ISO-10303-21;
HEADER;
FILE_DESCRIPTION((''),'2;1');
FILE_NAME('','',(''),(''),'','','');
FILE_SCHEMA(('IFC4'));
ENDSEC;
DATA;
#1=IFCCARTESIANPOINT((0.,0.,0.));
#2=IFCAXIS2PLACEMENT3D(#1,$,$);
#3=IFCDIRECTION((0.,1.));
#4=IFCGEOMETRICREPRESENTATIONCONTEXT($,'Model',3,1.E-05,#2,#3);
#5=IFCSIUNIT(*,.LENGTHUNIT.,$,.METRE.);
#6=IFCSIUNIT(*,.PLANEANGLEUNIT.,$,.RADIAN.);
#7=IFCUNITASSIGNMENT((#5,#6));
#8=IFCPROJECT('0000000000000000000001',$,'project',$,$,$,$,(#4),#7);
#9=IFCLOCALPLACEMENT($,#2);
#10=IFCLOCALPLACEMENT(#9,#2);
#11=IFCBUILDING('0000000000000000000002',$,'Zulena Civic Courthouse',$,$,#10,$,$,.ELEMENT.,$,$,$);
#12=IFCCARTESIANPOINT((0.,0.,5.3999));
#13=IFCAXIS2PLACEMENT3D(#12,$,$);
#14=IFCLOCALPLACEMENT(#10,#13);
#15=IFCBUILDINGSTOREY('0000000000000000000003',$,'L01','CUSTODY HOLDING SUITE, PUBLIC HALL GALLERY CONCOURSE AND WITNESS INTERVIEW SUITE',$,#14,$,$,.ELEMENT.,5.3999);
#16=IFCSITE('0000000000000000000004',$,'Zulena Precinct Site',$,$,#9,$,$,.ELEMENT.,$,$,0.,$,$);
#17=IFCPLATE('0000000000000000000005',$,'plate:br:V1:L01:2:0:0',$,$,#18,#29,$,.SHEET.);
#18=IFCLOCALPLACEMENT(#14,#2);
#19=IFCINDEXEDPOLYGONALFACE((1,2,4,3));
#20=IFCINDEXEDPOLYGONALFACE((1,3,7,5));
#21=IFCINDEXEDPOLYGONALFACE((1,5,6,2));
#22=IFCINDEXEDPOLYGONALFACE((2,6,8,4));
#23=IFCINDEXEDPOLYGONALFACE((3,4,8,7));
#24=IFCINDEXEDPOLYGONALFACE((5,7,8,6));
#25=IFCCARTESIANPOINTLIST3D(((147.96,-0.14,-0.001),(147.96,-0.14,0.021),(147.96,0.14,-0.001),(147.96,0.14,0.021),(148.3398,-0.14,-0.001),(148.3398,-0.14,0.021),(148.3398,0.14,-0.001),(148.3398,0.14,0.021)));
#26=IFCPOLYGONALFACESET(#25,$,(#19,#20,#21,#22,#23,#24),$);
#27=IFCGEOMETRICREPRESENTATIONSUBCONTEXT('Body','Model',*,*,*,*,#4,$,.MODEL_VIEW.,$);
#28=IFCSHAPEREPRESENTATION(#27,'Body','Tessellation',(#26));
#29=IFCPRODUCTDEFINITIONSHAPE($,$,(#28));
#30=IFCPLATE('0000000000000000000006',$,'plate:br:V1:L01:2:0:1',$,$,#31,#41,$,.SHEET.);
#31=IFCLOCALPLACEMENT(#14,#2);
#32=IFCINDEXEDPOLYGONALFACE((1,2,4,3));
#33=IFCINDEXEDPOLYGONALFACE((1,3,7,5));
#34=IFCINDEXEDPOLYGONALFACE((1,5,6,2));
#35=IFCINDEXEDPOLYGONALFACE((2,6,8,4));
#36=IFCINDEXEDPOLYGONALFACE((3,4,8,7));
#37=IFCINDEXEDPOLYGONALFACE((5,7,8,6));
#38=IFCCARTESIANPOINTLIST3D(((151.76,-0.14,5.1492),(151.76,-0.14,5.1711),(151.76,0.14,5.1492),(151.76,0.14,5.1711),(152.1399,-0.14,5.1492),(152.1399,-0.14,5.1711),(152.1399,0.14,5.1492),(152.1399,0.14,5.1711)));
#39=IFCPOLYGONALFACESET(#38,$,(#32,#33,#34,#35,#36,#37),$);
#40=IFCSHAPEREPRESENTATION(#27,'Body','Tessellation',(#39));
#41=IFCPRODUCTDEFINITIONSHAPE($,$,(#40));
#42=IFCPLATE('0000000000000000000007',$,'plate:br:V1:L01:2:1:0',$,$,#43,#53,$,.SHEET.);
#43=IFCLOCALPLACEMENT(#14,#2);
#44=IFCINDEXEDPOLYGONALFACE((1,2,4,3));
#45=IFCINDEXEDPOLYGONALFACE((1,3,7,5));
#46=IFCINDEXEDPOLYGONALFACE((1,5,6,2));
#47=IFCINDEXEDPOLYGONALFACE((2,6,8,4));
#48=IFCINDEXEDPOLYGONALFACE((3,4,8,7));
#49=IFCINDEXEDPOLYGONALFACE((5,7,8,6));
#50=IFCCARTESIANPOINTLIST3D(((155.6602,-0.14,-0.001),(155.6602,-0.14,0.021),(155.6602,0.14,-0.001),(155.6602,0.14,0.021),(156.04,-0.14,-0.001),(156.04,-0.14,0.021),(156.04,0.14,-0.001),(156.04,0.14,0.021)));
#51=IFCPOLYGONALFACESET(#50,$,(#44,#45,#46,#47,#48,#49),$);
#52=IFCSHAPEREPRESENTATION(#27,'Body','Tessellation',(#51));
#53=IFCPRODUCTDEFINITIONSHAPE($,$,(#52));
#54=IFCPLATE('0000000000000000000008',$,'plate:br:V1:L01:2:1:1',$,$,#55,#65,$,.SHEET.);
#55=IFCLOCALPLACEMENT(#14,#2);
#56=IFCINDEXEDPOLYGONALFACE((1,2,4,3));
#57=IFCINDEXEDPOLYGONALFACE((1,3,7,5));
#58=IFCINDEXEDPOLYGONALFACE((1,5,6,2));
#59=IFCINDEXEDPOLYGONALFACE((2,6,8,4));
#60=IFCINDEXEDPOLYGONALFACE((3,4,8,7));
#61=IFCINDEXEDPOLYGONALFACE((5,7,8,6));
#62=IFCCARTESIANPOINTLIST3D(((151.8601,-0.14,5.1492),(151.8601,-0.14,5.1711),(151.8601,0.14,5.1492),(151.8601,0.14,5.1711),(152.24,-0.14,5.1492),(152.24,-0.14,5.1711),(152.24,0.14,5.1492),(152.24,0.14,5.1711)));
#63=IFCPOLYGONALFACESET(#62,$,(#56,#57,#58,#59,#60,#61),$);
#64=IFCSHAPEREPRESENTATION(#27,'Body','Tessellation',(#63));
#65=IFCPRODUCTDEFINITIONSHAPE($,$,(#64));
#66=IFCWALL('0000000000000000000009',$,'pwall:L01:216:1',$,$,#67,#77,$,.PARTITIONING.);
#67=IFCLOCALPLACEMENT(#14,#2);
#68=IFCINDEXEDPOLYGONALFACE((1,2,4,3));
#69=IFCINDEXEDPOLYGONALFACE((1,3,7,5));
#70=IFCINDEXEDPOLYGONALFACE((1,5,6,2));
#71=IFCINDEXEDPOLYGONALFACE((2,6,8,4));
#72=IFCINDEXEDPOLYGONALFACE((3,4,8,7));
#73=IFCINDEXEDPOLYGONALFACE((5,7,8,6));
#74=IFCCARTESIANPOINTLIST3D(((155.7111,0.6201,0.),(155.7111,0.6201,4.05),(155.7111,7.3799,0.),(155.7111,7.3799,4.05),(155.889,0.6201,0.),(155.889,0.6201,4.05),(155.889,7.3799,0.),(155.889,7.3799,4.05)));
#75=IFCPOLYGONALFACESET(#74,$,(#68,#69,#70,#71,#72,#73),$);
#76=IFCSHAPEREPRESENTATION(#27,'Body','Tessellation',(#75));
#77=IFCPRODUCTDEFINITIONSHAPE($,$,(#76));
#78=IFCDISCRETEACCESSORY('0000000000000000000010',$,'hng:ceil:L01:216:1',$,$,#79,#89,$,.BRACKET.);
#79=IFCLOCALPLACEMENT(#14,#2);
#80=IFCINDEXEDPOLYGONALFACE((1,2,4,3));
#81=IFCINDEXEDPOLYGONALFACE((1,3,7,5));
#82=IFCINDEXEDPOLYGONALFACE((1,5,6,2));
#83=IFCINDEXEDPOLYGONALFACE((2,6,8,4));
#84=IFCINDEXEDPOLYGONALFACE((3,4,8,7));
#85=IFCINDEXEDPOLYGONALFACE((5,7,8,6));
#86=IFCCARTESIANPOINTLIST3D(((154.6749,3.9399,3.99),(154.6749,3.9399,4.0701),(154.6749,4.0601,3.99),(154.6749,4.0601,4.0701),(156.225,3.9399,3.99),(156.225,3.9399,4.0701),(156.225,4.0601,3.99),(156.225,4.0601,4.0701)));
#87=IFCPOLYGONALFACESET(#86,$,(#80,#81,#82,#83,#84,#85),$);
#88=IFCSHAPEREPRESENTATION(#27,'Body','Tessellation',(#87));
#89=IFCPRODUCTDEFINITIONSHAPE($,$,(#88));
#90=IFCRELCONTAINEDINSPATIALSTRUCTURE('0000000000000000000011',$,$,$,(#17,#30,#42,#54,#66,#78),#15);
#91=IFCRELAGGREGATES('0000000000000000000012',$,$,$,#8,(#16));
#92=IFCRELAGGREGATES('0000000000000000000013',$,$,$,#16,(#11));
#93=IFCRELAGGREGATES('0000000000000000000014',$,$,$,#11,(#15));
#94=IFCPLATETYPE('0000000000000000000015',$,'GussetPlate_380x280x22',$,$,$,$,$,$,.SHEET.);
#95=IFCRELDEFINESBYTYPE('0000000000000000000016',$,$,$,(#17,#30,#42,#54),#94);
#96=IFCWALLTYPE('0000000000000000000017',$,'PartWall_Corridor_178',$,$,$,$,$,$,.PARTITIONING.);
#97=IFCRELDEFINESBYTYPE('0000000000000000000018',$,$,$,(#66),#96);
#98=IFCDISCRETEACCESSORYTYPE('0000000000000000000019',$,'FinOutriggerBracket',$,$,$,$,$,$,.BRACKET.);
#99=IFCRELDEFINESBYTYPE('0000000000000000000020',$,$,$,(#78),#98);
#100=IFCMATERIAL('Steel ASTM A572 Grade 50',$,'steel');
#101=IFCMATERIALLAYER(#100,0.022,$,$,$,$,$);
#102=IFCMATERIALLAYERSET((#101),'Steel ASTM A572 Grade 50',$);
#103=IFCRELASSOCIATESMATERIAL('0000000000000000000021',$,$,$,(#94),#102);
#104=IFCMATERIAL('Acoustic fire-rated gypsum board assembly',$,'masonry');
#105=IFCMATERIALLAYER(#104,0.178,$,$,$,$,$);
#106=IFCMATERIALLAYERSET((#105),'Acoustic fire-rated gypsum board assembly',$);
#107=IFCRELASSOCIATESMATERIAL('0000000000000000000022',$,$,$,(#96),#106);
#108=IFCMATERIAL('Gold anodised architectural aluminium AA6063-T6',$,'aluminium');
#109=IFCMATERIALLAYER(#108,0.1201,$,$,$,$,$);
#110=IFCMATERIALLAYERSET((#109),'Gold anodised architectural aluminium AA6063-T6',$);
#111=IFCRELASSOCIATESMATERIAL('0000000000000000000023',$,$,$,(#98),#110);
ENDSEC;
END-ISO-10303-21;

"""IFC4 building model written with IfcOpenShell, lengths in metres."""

from ifc_helpers import new_model, si_unit, direction, frame, frame_2d, origin, origin_2d, place, context, subcontext, project, spatial, rectangle, extrude, material, layer, layer_set, type_object, element, save


model = new_model("IFC4")

# Units and contexts
model_context = context("Model", 3, precision=1e-05, world=origin(), true_north=direction((0.0, 1.0)))
body_context = subcontext(model_context, "Body", "Model", "MODEL_VIEW")
ifc_project = project(units=[si_unit("LENGTHUNIT", "METRE"), si_unit("PLANEANGLEUNIT", "RADIAN")], contexts=[model_context])

# Site, building, storey
site_placement = place(None, origin())
site = spatial("IfcSite", under=ifc_project, at=site_placement, Name="Zulena Precinct Site", CompositionType="ELEMENT", RefElevation=0.0)
building_placement = place(site_placement, origin())
building = spatial("IfcBuilding", under=site, at=building_placement, Name="Zulena Civic Courthouse", CompositionType="ELEMENT")
storey_placement = place(building_placement, frame((0.0, 0.0, 5.3999)))
storey = spatial("IfcBuildingStorey", under=building, at=storey_placement, Name="L01", Description="CUSTODY HOLDING SUITE, PUBLIC HALL GALLERY CONCOURSE AND WITNESS INTERVIEW SUITE", CompositionType="ELEMENT", Elevation=5.3999)

# Plates
ifc_material_1 = material(Name="Steel ASTM A572 Grade 50", Category="steel")
ifc_layer_1 = layer(ifc_material_1, 0.022)
ifc_layer_set_1 = layer_set([ifc_layer_1], Name="Steel ASTM A572 Grade 50")
plate_type_1 = type_object("IfcPlateType", Name="GussetPlate_380x280x22", PredefinedType="SHEET", material=ifc_layer_set_1)
for number, where, z_axis, x_axis, name in (
    (1, (148.1499, 0.0, -0.001), (0.0, 0.0, 1.0), (1.0, 0.0, 0.0), "plate:br:V1:L01:2:0:0"),
    (2, (151.95, 0.0, 5.1492), (0.0, 0.0, 1.0), (1.0, 0.0, 0.0), "plate:br:V1:L01:2:0:1"),
    (3, (155.8501, 0.0, -0.001), (0.0, 0.0, 1.0), (1.0, 0.0, 0.0), "plate:br:V1:L01:2:1:0"),
    (4, (152.05, 0.0, 5.1492), (0.0, 0.0, 1.0), (1.0, 0.0, 0.0), "plate:br:V1:L01:2:1:1"),
):
    element("IfcPlate", number, at=place(storey_placement, frame(where, z_axis=z_axis, x_axis=x_axis)), inside=storey, type_object=plate_type_1, Name=name, PredefinedType="SHEET", context=body_context, shape_type="SweptSolid", body=[
        extrude(rectangle(XDim=0.3799, YDim=0.28, at=origin_2d()), origin(), (0.0, 0.0, 1.0), 0.022),
    ])

# Wall
ifc_material_2 = material(Name="Acoustic fire-rated gypsum board assembly", Category="masonry")
ifc_layer_2 = layer(ifc_material_2, 0.178)
ifc_layer_set_2 = layer_set([ifc_layer_2], Name="Acoustic fire-rated gypsum board assembly")
wall_type = type_object("IfcWallType", Name="PartWall_Corridor_178", PredefinedType="PARTITIONING", material=ifc_layer_set_2)
wall_placement = place(storey_placement, frame((155.8, 0.6201, 0.0), z_axis=(0.0, 0.0, 1.0), x_axis=(0.0, 1.0, 0.0)))
element("IfcWall", 5, at=wall_placement, inside=storey, type_object=wall_type, Name="pwall:L01:216:1", PredefinedType="PARTITIONING", context=body_context, shape_type="SweptSolid", body=[
    extrude(rectangle(XDim=6.7598, YDim=0.178, at=frame_2d((3.3799, 0.0))), origin(), (0.0, 0.0, 1.0), 4.05),
])

# Discrete accessory
ifc_material_3 = material(Name="Gold anodised architectural aluminium AA6063-T6", Category="aluminium")
ifc_layer_3 = layer(ifc_material_3, 0.1201)
ifc_layer_set_3 = layer_set([ifc_layer_3], Name="Gold anodised architectural aluminium AA6063-T6")
discrete_accessory_type = type_object("IfcDiscreteAccessoryType", Name="FinOutriggerBracket", PredefinedType="BRACKET", material=ifc_layer_set_3)
discrete_accessory_placement = place(storey_placement, frame((155.45, 4.0, 3.99), z_axis=(0.0, 0.0, 1.0), x_axis=(1.0, 0.0, 0.0)))
element("IfcDiscreteAccessory", 6, at=discrete_accessory_placement, inside=storey, type_object=discrete_accessory_type, Name="hng:ceil:L01:216:1", PredefinedType="BRACKET", context=body_context, shape_type="SweptSolid", body=[
    extrude(rectangle(XDim=1.55, YDim=0.1201, at=origin_2d()), origin(), (0.0, 0.0, 1.0), 0.0801),
])

save(model, "model.ifc")
